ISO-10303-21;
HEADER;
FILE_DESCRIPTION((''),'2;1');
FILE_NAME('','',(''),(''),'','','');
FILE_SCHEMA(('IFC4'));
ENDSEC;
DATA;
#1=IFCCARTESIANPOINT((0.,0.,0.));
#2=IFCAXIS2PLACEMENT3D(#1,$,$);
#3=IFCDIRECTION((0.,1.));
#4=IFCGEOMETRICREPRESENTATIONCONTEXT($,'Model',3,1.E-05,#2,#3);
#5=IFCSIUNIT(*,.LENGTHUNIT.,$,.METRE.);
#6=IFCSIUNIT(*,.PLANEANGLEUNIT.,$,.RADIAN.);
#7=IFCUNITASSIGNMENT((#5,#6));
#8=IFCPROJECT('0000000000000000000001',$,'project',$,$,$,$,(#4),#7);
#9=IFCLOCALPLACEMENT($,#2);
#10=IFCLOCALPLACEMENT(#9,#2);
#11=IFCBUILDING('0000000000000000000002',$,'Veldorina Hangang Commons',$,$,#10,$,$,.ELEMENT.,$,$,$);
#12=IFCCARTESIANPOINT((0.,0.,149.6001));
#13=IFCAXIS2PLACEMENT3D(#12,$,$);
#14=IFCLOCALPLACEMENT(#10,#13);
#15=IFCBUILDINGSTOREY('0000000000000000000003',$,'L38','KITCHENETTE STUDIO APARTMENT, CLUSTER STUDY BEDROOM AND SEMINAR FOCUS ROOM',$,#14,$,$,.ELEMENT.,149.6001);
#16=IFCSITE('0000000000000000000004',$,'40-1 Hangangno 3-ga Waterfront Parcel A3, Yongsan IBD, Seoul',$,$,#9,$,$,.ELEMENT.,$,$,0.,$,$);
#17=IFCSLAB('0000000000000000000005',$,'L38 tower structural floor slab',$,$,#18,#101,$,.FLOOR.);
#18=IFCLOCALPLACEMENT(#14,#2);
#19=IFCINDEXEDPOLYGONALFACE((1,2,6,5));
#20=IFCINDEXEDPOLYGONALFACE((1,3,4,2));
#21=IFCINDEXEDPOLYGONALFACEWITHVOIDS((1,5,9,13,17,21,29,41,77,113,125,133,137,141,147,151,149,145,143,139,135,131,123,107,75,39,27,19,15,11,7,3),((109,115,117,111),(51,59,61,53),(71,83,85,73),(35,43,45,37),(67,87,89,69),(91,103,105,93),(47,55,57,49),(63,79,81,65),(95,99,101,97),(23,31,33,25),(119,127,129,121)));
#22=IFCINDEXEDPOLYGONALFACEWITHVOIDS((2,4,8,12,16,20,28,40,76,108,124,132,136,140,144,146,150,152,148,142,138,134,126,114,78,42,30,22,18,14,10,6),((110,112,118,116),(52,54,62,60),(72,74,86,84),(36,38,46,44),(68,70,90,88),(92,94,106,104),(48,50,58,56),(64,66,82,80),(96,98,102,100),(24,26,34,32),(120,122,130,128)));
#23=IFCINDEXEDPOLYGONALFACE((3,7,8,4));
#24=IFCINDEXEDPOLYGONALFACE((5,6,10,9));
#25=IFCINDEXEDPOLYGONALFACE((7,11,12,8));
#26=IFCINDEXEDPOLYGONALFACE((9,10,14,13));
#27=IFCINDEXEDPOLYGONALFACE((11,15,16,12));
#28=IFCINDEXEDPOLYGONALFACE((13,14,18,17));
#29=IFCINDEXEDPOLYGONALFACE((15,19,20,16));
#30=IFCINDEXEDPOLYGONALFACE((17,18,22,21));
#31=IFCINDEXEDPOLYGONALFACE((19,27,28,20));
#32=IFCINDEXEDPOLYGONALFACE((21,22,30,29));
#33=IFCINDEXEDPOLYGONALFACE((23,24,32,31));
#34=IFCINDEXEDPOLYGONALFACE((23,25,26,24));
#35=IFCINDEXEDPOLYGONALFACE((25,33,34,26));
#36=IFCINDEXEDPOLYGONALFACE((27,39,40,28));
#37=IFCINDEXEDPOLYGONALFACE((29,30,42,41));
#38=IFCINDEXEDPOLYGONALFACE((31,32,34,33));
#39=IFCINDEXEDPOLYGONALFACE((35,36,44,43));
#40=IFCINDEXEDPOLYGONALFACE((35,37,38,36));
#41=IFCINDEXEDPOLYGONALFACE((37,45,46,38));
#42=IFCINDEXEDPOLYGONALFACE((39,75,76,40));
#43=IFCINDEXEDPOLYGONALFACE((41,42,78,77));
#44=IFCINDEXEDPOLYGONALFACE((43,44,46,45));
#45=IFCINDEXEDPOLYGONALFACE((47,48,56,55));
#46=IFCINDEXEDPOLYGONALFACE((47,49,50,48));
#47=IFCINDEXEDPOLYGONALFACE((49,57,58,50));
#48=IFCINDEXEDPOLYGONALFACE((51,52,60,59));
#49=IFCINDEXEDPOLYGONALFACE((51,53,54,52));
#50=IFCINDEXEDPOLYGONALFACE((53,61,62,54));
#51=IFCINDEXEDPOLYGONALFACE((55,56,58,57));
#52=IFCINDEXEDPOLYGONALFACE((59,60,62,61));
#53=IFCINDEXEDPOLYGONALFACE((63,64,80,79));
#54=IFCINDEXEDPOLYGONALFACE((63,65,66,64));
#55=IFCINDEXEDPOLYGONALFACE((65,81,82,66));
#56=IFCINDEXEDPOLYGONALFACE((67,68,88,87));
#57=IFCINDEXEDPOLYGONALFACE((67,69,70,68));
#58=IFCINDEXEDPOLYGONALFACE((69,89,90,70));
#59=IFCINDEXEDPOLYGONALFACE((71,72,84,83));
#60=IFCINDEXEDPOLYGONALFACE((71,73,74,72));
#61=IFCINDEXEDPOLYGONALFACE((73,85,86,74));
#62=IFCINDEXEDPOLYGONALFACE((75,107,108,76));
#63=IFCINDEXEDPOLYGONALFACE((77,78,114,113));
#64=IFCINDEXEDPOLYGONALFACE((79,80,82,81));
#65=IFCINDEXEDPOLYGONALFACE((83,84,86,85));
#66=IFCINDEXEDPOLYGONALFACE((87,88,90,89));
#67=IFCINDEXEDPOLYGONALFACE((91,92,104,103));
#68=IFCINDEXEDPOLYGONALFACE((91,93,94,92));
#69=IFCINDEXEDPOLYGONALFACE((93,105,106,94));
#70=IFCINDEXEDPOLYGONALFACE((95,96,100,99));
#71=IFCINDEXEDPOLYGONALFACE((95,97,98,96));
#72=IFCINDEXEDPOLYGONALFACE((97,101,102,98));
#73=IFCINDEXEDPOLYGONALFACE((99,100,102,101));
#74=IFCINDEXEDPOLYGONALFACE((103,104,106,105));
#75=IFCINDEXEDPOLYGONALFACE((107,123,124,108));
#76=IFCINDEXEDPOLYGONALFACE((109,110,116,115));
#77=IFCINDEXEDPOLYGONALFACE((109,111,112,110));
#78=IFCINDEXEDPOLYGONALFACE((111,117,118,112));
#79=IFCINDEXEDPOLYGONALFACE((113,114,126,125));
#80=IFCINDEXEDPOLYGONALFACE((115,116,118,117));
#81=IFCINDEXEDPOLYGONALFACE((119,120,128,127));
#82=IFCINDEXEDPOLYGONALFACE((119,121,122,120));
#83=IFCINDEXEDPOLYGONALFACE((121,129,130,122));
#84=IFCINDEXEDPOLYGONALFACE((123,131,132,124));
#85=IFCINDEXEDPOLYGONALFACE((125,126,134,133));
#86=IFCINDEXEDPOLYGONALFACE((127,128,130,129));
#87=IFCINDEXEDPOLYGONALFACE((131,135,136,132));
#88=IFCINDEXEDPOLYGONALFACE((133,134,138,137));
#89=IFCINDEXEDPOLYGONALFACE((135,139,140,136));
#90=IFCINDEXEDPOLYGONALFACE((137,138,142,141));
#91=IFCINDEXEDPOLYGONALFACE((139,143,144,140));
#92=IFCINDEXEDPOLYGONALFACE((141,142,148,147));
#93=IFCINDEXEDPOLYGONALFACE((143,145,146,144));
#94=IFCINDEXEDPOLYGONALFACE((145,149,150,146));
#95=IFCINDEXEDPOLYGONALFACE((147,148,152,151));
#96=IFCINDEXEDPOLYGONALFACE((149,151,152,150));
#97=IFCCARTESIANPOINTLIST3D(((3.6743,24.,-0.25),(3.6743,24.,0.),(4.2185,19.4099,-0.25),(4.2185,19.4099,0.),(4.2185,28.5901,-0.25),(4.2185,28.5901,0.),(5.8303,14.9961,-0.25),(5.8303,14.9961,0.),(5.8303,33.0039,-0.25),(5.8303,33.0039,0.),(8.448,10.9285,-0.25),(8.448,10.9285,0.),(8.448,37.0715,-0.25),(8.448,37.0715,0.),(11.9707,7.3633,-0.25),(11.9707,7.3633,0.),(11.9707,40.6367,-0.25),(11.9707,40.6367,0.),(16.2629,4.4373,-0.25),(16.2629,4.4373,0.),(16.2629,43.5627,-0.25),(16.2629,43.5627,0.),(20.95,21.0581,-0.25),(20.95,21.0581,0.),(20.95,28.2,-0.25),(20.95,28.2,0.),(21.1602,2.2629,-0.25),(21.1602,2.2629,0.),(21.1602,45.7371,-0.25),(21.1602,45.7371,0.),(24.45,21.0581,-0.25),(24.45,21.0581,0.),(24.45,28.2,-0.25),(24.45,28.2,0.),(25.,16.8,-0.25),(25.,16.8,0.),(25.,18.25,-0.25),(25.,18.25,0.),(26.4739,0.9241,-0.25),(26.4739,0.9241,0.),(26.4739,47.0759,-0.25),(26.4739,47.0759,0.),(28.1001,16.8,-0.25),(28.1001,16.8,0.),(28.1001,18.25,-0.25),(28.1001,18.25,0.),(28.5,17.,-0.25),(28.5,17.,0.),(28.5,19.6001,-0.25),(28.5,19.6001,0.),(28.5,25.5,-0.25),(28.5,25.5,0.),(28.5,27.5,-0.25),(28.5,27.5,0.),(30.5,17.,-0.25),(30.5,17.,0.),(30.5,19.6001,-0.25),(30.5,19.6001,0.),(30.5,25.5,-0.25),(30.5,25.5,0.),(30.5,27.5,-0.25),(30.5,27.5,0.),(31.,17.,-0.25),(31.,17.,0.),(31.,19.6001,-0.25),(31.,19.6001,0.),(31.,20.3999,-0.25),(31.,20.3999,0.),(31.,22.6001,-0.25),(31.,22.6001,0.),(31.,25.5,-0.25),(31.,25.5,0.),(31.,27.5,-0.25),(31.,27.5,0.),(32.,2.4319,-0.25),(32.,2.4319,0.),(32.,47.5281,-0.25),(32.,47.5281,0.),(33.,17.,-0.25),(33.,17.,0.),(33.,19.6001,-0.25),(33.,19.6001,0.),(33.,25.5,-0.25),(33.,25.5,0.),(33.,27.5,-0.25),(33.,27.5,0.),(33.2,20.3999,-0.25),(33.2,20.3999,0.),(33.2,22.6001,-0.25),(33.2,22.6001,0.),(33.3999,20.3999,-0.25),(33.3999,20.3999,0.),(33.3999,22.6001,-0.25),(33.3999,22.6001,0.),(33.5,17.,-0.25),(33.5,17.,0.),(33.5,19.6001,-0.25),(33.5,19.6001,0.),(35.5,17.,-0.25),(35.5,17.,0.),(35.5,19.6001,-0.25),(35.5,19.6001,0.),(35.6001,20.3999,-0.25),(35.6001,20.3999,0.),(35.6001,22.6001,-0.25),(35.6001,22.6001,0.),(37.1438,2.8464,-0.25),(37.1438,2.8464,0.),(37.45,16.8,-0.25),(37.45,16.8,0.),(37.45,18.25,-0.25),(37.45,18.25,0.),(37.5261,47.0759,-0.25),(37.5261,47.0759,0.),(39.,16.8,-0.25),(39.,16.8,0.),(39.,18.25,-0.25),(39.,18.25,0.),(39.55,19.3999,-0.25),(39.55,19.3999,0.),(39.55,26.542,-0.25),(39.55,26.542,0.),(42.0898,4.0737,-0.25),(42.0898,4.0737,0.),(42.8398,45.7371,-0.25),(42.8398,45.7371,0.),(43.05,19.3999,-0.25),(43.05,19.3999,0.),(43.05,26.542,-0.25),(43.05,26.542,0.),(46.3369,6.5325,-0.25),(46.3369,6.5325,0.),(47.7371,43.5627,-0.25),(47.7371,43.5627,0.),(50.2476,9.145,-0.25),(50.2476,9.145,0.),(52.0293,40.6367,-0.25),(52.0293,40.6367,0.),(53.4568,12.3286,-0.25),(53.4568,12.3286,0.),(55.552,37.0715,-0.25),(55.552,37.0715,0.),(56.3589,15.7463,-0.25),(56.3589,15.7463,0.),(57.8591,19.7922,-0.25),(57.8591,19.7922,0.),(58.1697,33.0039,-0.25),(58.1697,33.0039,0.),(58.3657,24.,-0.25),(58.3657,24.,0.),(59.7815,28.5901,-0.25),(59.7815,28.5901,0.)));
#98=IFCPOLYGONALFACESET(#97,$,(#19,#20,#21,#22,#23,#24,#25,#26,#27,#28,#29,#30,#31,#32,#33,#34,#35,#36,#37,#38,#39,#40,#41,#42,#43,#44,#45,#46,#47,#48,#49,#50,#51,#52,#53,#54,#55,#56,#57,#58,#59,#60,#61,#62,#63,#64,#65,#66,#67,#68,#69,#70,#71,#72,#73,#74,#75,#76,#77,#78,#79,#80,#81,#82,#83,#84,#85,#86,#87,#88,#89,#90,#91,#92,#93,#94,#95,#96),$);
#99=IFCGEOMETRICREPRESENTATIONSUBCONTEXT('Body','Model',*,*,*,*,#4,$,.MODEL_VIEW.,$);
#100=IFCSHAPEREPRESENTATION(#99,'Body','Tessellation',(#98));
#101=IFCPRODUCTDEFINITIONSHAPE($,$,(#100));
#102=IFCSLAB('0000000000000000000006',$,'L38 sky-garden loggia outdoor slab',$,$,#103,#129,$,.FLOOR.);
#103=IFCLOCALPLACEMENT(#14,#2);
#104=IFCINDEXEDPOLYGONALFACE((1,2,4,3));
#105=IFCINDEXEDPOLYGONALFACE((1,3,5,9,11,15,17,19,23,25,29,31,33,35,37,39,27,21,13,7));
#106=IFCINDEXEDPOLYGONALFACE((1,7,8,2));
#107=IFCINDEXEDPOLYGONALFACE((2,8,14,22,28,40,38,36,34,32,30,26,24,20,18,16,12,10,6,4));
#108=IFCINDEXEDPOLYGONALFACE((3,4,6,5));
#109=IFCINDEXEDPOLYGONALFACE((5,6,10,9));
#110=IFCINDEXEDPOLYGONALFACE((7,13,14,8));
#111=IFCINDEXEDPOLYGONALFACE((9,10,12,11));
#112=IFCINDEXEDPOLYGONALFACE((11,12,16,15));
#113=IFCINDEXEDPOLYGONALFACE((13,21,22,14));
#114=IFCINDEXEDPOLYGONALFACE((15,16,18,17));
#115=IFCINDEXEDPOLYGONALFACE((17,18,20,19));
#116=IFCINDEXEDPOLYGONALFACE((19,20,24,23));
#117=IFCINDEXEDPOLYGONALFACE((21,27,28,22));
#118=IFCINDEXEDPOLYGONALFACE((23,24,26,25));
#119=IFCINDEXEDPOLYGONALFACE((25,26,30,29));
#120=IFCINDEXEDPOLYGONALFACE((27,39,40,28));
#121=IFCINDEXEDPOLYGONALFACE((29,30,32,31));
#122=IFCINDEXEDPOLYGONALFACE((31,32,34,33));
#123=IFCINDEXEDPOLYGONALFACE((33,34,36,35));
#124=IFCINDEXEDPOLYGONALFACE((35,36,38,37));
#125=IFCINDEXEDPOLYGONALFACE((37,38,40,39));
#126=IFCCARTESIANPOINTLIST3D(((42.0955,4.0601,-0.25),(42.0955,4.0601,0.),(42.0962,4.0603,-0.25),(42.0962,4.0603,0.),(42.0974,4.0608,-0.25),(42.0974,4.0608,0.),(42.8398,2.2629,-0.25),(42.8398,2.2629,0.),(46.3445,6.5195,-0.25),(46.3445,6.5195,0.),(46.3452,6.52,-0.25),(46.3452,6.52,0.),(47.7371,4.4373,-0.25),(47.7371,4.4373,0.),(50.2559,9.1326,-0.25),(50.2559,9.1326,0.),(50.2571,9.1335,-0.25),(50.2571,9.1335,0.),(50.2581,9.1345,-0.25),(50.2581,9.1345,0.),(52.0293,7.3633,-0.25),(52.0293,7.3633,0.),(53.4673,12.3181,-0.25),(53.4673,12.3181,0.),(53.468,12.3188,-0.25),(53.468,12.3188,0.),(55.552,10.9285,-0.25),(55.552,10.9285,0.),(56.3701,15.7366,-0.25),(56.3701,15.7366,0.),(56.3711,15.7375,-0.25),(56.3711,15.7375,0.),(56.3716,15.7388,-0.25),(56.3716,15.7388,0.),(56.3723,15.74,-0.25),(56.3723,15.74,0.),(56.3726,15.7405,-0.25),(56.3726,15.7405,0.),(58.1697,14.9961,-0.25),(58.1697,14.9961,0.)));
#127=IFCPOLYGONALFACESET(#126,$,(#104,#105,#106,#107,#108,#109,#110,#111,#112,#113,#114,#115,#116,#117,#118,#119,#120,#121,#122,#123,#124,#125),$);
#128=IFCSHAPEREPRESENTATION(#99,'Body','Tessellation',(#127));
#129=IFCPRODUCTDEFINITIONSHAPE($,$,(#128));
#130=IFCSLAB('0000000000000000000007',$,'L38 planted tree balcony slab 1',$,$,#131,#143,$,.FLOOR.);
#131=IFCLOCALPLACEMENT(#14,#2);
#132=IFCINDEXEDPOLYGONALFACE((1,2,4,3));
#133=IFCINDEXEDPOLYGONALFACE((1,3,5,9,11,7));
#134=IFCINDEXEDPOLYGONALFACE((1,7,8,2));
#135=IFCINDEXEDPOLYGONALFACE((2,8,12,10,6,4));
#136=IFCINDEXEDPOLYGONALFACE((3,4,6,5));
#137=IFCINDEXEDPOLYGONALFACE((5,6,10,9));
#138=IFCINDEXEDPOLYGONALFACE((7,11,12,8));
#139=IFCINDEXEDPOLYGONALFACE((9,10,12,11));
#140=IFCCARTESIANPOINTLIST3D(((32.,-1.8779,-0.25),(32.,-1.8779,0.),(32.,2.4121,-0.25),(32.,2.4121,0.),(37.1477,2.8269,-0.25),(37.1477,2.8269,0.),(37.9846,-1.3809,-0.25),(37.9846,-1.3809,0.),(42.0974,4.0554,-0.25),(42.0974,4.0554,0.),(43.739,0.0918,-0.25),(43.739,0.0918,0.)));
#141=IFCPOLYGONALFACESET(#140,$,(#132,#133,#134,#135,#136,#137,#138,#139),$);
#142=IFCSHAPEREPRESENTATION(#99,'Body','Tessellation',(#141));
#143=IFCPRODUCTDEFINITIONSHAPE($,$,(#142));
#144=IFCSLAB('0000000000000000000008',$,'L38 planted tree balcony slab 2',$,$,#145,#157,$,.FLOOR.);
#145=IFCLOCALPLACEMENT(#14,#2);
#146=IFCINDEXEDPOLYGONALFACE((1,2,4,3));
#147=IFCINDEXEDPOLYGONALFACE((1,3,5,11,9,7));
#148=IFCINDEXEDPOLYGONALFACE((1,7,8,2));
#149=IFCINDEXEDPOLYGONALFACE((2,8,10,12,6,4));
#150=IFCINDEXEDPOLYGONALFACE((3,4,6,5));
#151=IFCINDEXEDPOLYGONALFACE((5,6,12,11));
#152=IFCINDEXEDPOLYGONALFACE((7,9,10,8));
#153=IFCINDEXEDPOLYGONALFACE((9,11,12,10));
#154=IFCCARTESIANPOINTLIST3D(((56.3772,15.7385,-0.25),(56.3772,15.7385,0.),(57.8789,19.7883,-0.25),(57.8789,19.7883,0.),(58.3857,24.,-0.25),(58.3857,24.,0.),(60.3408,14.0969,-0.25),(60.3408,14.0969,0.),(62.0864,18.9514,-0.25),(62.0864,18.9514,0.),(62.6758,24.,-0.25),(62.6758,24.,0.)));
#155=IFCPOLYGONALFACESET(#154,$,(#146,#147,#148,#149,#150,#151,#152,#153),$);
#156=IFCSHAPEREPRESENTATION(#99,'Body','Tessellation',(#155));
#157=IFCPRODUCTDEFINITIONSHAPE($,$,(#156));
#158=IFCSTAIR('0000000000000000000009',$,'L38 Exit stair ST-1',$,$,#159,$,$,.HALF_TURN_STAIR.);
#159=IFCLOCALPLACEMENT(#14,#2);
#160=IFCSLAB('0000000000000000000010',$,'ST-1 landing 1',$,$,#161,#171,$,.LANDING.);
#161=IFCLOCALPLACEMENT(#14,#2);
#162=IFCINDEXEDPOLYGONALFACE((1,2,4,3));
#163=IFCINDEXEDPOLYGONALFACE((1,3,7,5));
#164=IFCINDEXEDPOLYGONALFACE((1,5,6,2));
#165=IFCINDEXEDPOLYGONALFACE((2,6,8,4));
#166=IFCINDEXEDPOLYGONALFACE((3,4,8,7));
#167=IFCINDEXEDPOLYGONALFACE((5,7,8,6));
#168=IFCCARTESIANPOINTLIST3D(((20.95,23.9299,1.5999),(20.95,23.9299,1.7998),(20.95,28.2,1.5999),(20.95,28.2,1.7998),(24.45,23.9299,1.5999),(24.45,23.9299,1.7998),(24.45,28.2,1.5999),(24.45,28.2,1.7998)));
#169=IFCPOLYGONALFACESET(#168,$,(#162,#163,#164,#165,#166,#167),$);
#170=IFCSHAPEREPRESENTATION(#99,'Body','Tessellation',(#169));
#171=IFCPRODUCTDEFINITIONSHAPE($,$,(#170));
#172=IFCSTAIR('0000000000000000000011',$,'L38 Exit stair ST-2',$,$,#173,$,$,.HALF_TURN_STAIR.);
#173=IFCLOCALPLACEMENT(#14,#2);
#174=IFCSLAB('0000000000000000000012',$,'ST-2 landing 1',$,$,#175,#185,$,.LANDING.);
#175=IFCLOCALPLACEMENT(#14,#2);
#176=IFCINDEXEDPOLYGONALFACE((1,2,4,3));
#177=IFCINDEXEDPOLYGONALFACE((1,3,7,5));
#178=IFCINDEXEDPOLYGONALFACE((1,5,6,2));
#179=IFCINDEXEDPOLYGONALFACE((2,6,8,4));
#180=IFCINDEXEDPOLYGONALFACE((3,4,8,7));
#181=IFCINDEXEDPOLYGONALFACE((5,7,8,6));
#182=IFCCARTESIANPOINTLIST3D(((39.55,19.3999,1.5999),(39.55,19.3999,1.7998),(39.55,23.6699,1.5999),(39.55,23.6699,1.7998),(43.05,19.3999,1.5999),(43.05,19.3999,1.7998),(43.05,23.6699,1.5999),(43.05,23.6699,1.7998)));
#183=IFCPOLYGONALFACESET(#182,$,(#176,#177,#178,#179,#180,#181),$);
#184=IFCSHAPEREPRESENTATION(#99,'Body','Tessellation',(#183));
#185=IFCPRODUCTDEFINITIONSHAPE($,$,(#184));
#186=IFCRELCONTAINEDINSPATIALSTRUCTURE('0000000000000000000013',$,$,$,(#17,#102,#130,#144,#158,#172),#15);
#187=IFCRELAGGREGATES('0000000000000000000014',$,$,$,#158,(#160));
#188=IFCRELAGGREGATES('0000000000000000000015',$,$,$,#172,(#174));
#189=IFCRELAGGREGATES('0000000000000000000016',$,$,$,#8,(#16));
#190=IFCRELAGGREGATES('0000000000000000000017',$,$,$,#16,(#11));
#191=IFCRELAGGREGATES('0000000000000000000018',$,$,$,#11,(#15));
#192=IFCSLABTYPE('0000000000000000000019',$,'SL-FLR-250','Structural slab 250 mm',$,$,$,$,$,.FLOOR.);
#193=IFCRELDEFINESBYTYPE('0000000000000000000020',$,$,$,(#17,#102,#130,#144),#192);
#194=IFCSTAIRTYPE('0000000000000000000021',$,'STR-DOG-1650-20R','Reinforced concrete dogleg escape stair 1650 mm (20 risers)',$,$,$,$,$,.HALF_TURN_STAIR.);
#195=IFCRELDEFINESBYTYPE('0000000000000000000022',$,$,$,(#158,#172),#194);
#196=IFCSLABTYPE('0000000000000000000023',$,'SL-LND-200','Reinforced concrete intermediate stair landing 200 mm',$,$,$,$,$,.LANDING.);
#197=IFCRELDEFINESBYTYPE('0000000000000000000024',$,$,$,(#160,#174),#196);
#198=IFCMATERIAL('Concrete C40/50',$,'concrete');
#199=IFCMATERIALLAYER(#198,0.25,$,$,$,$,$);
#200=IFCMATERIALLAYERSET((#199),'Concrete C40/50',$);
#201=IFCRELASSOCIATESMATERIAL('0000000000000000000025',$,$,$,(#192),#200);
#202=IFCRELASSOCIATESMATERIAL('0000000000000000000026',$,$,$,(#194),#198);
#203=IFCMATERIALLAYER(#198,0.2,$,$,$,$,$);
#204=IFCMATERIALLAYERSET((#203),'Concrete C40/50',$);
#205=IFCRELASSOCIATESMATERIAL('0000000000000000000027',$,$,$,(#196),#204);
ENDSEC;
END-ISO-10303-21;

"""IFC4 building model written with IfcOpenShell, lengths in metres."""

from ifc_helpers import new_model, si_unit, direction, frame, origin, place, context, subcontext, project, spatial, polyline, outline, extrude, material, layer, layer_set, type_object, element, aggregate, save


model = new_model("IFC4")

# Units and contexts
model_context = context("Model", 3, precision=1e-05, world=origin(), true_north=direction((0.0, 1.0)))
body_context = subcontext(model_context, "Body", "Model", "MODEL_VIEW")
ifc_project = project(units=[si_unit("LENGTHUNIT", "METRE"), si_unit("PLANEANGLEUNIT", "RADIAN")], contexts=[model_context])

# Site, building, storey
site_placement = place(None, origin())
site = spatial("IfcSite", under=ifc_project, at=site_placement, Name="40-1 Hangangno 3-ga Waterfront Parcel A3, Yongsan IBD, Seoul", CompositionType="ELEMENT", RefElevation=0.0)
building_placement = place(site_placement, origin())
building = spatial("IfcBuilding", under=site, at=building_placement, Name="Veldorina Hangang Commons", CompositionType="ELEMENT")
storey_placement = place(building_placement, frame((0.0, 0.0, 149.6001)))
storey = spatial("IfcBuildingStorey", under=building, at=storey_placement, Name="L38", Description="KITCHENETTE STUDIO APARTMENT, CLUSTER STUDY BEDROOM AND SEMINAR FOCUS ROOM", CompositionType="ELEMENT", Elevation=149.6001)

# Slabs
ifc_material_1 = material(Name="Concrete C40/50", Category="concrete")
ifc_layer_1 = layer(ifc_material_1, 0.25)
ifc_layer_set_1 = layer_set([ifc_layer_1], Name="Concrete C40/50")
slab_type_1 = type_object("IfcSlabType", Name="SL-FLR-250", Description="Structural slab 250 mm", PredefinedType="FLOOR", material=ifc_layer_set_1)
slab_1_placement = place(storey_placement, frame((0.0, 0.0, -0.25)))
element("IfcSlab", 1, at=slab_1_placement, inside=storey, type_object=slab_type_1, Name="L38 tower structural floor slab", PredefinedType="FLOOR", context=body_context, shape_type="SweptSolid", body=[
    extrude(outline(polyline([(58.3657, 24.0), (59.7815, 28.5901), (58.1697, 33.0039), (55.552, 37.0715), (52.0293, 40.6367), (47.7371, 43.5627), (42.8398, 45.7371), (37.5261, 47.0759), (32.0, 47.5281), (26.4739, 47.0759), (21.1602, 45.7371), (16.2629, 43.5627), (11.9707, 40.6367), (8.448, 37.0715), (5.8303, 33.0039), (4.2185, 28.5901), (3.6743, 24.0), (4.2185, 19.4099), (5.8303, 14.9961), (8.448, 10.9285), (11.9707, 7.3633), (16.2629, 4.4373), (21.1602, 2.2629), (26.4739, 0.9241), (32.0, 2.4319), (37.1438, 2.8464), (42.0898, 4.0737), (46.3369, 6.5325), (50.2476, 9.145), (53.4568, 12.3286), (56.3589, 15.7463), (57.8591, 19.7922), (58.3657, 24.0)]), holes=[polyline([(20.95, 21.0581), (20.95, 28.2), (24.45, 28.2), (24.45, 21.0581), (20.95, 21.0581)]), polyline([(43.05, 26.542), (43.05, 19.3999), (39.55, 19.3999), (39.55, 26.542), (43.05, 26.542)]), polyline([(28.5, 27.5), (30.5, 27.5), (30.5, 25.5), (28.5, 25.5), (28.5, 27.5)]), polyline([(31.0, 27.5), (33.0, 27.5), (33.0, 25.5), (31.0, 25.5), (31.0, 27.5)]), polyline([(31.0, 22.6001), (33.2, 22.6001), (33.2, 20.3999), (31.0, 20.3999), (31.0, 22.6001)]), polyline([(33.3999, 22.6001), (35.6001, 22.6001), (35.6001, 20.3999), (33.3999, 20.3999), (33.3999, 22.6001)]), polyline([(28.5, 19.6001), (30.5, 19.6001), (30.5, 17.0), (28.5, 17.0), (28.5, 19.6001)]), polyline([(31.0, 19.6001), (33.0, 19.6001), (33.0, 17.0), (31.0, 17.0), (31.0, 19.6001)]), polyline([(33.5, 19.6001), (35.5, 19.6001), (35.5, 17.0), (33.5, 17.0), (33.5, 19.6001)]), polyline([(25.0, 18.25), (28.1001, 18.25), (28.1001, 16.8), (25.0, 16.8), (25.0, 18.25)]), polyline([(37.45, 18.25), (39.0, 18.25), (39.0, 16.8), (37.45, 16.8), (37.45, 18.25)])]), origin(), (0.0, 0.0, 1.0), 0.25),
])
slab_2_placement = place(storey_placement, frame((0.0, 0.0, -0.25)))
element("IfcSlab", 2, at=slab_2_placement, inside=storey, type_object=slab_type_1, Name="L38 sky-garden loggia outdoor slab", PredefinedType="FLOOR", context=body_context, shape_type="SweptSolid", body=[
    extrude(outline(polyline([(58.1697, 14.9961), (55.552, 10.9285), (52.0293, 7.3633), (47.7371, 4.4373), (42.8398, 2.2629), (42.0955, 4.0601), (42.0962, 4.0603), (42.0974, 4.0608), (46.3445, 6.5195), (46.3452, 6.52), (50.2559, 9.1326), (50.2571, 9.1335), (50.2581, 9.1345), (53.4673, 12.3181), (53.468, 12.3188), (56.3701, 15.7366), (56.3711, 15.7375), (56.3716, 15.7388), (56.3723, 15.74), (56.3726, 15.7405), (58.1697, 14.9961)])), origin(), (0.0, 0.0, 1.0), 0.25),
])
slab_3_placement = place(storey_placement, frame((0.0, 0.0, -0.25)))
element("IfcSlab", 3, at=slab_3_placement, inside=storey, type_object=slab_type_1, Name="L38 planted tree balcony slab 1", PredefinedType="FLOOR", context=body_context, shape_type="SweptSolid", body=[
    extrude(outline(polyline([(37.1477, 2.8269), (42.0974, 4.0554), (43.739, 0.0918), (37.9846, -1.3809), (32.0, -1.8779), (32.0, 2.4121), (37.1477, 2.8269)])), origin(), (0.0, 0.0, 1.0), 0.25),
])
slab_4_placement = place(storey_placement, frame((0.0, 0.0, -0.25)))
element("IfcSlab", 4, at=slab_4_placement, inside=storey, type_object=slab_type_1, Name="L38 planted tree balcony slab 2", PredefinedType="FLOOR", context=body_context, shape_type="SweptSolid", body=[
    extrude(outline(polyline([(57.8789, 19.7883), (58.3857, 24.0), (62.6758, 24.0), (62.0864, 18.9514), (60.3408, 14.0969), (56.3772, 15.7385), (57.8789, 19.7883)])), origin(), (0.0, 0.0, 1.0), 0.25),
])

# Stairs, slabs
stair_type = type_object("IfcStairType", Name="STR-DOG-1650-20R", Description="Reinforced concrete dogleg escape stair 1650 mm (20 risers)", PredefinedType="HALF_TURN_STAIR", material=ifc_material_1)
stair_1_placement = place(storey_placement, origin())
stair_1 = element("IfcStair", 5, at=stair_1_placement, inside=storey, type_object=stair_type, Name="L38 Exit stair ST-1", PredefinedType="HALF_TURN_STAIR")
ifc_layer_2 = layer(ifc_material_1, 0.2)
ifc_layer_set_2 = layer_set([ifc_layer_2], Name="Concrete C40/50")
slab_type_2 = type_object("IfcSlabType", Name="SL-LND-200", Description="Reinforced concrete intermediate stair landing 200 mm", PredefinedType="LANDING", material=ifc_layer_set_2)
slab_5_placement = place(storey_placement, frame((0.0, 0.0, 1.5999)))
slab_5 = element("IfcSlab", 6, at=slab_5_placement, type_object=slab_type_2, Name="ST-1 landing 1", PredefinedType="LANDING", context=body_context, shape_type="SweptSolid", body=[
    extrude(outline(polyline([(24.45, 23.9299), (24.45, 28.2), (20.95, 28.2), (20.95, 23.9299), (24.45, 23.9299)])), origin(), (0.0, 0.0, 1.0), 0.2),
])
aggregate(stair_1, [slab_5])
stair_2_placement = place(storey_placement, origin())
stair_2 = element("IfcStair", 7, at=stair_2_placement, inside=storey, type_object=stair_type, Name="L38 Exit stair ST-2", PredefinedType="HALF_TURN_STAIR")
slab_6_placement = place(storey_placement, frame((0.0, 0.0, 1.5999)))
slab_6 = element("IfcSlab", 8, at=slab_6_placement, type_object=slab_type_2, Name="ST-2 landing 1", PredefinedType="LANDING", context=body_context, shape_type="SweptSolid", body=[
    extrude(outline(polyline([(39.55, 23.6699), (39.55, 19.3999), (43.05, 19.3999), (43.05, 23.6699), (39.55, 23.6699)])), origin(), (0.0, 0.0, 1.0), 0.2),
])
aggregate(stair_2, [slab_6])

save(model, "model.ifc")
